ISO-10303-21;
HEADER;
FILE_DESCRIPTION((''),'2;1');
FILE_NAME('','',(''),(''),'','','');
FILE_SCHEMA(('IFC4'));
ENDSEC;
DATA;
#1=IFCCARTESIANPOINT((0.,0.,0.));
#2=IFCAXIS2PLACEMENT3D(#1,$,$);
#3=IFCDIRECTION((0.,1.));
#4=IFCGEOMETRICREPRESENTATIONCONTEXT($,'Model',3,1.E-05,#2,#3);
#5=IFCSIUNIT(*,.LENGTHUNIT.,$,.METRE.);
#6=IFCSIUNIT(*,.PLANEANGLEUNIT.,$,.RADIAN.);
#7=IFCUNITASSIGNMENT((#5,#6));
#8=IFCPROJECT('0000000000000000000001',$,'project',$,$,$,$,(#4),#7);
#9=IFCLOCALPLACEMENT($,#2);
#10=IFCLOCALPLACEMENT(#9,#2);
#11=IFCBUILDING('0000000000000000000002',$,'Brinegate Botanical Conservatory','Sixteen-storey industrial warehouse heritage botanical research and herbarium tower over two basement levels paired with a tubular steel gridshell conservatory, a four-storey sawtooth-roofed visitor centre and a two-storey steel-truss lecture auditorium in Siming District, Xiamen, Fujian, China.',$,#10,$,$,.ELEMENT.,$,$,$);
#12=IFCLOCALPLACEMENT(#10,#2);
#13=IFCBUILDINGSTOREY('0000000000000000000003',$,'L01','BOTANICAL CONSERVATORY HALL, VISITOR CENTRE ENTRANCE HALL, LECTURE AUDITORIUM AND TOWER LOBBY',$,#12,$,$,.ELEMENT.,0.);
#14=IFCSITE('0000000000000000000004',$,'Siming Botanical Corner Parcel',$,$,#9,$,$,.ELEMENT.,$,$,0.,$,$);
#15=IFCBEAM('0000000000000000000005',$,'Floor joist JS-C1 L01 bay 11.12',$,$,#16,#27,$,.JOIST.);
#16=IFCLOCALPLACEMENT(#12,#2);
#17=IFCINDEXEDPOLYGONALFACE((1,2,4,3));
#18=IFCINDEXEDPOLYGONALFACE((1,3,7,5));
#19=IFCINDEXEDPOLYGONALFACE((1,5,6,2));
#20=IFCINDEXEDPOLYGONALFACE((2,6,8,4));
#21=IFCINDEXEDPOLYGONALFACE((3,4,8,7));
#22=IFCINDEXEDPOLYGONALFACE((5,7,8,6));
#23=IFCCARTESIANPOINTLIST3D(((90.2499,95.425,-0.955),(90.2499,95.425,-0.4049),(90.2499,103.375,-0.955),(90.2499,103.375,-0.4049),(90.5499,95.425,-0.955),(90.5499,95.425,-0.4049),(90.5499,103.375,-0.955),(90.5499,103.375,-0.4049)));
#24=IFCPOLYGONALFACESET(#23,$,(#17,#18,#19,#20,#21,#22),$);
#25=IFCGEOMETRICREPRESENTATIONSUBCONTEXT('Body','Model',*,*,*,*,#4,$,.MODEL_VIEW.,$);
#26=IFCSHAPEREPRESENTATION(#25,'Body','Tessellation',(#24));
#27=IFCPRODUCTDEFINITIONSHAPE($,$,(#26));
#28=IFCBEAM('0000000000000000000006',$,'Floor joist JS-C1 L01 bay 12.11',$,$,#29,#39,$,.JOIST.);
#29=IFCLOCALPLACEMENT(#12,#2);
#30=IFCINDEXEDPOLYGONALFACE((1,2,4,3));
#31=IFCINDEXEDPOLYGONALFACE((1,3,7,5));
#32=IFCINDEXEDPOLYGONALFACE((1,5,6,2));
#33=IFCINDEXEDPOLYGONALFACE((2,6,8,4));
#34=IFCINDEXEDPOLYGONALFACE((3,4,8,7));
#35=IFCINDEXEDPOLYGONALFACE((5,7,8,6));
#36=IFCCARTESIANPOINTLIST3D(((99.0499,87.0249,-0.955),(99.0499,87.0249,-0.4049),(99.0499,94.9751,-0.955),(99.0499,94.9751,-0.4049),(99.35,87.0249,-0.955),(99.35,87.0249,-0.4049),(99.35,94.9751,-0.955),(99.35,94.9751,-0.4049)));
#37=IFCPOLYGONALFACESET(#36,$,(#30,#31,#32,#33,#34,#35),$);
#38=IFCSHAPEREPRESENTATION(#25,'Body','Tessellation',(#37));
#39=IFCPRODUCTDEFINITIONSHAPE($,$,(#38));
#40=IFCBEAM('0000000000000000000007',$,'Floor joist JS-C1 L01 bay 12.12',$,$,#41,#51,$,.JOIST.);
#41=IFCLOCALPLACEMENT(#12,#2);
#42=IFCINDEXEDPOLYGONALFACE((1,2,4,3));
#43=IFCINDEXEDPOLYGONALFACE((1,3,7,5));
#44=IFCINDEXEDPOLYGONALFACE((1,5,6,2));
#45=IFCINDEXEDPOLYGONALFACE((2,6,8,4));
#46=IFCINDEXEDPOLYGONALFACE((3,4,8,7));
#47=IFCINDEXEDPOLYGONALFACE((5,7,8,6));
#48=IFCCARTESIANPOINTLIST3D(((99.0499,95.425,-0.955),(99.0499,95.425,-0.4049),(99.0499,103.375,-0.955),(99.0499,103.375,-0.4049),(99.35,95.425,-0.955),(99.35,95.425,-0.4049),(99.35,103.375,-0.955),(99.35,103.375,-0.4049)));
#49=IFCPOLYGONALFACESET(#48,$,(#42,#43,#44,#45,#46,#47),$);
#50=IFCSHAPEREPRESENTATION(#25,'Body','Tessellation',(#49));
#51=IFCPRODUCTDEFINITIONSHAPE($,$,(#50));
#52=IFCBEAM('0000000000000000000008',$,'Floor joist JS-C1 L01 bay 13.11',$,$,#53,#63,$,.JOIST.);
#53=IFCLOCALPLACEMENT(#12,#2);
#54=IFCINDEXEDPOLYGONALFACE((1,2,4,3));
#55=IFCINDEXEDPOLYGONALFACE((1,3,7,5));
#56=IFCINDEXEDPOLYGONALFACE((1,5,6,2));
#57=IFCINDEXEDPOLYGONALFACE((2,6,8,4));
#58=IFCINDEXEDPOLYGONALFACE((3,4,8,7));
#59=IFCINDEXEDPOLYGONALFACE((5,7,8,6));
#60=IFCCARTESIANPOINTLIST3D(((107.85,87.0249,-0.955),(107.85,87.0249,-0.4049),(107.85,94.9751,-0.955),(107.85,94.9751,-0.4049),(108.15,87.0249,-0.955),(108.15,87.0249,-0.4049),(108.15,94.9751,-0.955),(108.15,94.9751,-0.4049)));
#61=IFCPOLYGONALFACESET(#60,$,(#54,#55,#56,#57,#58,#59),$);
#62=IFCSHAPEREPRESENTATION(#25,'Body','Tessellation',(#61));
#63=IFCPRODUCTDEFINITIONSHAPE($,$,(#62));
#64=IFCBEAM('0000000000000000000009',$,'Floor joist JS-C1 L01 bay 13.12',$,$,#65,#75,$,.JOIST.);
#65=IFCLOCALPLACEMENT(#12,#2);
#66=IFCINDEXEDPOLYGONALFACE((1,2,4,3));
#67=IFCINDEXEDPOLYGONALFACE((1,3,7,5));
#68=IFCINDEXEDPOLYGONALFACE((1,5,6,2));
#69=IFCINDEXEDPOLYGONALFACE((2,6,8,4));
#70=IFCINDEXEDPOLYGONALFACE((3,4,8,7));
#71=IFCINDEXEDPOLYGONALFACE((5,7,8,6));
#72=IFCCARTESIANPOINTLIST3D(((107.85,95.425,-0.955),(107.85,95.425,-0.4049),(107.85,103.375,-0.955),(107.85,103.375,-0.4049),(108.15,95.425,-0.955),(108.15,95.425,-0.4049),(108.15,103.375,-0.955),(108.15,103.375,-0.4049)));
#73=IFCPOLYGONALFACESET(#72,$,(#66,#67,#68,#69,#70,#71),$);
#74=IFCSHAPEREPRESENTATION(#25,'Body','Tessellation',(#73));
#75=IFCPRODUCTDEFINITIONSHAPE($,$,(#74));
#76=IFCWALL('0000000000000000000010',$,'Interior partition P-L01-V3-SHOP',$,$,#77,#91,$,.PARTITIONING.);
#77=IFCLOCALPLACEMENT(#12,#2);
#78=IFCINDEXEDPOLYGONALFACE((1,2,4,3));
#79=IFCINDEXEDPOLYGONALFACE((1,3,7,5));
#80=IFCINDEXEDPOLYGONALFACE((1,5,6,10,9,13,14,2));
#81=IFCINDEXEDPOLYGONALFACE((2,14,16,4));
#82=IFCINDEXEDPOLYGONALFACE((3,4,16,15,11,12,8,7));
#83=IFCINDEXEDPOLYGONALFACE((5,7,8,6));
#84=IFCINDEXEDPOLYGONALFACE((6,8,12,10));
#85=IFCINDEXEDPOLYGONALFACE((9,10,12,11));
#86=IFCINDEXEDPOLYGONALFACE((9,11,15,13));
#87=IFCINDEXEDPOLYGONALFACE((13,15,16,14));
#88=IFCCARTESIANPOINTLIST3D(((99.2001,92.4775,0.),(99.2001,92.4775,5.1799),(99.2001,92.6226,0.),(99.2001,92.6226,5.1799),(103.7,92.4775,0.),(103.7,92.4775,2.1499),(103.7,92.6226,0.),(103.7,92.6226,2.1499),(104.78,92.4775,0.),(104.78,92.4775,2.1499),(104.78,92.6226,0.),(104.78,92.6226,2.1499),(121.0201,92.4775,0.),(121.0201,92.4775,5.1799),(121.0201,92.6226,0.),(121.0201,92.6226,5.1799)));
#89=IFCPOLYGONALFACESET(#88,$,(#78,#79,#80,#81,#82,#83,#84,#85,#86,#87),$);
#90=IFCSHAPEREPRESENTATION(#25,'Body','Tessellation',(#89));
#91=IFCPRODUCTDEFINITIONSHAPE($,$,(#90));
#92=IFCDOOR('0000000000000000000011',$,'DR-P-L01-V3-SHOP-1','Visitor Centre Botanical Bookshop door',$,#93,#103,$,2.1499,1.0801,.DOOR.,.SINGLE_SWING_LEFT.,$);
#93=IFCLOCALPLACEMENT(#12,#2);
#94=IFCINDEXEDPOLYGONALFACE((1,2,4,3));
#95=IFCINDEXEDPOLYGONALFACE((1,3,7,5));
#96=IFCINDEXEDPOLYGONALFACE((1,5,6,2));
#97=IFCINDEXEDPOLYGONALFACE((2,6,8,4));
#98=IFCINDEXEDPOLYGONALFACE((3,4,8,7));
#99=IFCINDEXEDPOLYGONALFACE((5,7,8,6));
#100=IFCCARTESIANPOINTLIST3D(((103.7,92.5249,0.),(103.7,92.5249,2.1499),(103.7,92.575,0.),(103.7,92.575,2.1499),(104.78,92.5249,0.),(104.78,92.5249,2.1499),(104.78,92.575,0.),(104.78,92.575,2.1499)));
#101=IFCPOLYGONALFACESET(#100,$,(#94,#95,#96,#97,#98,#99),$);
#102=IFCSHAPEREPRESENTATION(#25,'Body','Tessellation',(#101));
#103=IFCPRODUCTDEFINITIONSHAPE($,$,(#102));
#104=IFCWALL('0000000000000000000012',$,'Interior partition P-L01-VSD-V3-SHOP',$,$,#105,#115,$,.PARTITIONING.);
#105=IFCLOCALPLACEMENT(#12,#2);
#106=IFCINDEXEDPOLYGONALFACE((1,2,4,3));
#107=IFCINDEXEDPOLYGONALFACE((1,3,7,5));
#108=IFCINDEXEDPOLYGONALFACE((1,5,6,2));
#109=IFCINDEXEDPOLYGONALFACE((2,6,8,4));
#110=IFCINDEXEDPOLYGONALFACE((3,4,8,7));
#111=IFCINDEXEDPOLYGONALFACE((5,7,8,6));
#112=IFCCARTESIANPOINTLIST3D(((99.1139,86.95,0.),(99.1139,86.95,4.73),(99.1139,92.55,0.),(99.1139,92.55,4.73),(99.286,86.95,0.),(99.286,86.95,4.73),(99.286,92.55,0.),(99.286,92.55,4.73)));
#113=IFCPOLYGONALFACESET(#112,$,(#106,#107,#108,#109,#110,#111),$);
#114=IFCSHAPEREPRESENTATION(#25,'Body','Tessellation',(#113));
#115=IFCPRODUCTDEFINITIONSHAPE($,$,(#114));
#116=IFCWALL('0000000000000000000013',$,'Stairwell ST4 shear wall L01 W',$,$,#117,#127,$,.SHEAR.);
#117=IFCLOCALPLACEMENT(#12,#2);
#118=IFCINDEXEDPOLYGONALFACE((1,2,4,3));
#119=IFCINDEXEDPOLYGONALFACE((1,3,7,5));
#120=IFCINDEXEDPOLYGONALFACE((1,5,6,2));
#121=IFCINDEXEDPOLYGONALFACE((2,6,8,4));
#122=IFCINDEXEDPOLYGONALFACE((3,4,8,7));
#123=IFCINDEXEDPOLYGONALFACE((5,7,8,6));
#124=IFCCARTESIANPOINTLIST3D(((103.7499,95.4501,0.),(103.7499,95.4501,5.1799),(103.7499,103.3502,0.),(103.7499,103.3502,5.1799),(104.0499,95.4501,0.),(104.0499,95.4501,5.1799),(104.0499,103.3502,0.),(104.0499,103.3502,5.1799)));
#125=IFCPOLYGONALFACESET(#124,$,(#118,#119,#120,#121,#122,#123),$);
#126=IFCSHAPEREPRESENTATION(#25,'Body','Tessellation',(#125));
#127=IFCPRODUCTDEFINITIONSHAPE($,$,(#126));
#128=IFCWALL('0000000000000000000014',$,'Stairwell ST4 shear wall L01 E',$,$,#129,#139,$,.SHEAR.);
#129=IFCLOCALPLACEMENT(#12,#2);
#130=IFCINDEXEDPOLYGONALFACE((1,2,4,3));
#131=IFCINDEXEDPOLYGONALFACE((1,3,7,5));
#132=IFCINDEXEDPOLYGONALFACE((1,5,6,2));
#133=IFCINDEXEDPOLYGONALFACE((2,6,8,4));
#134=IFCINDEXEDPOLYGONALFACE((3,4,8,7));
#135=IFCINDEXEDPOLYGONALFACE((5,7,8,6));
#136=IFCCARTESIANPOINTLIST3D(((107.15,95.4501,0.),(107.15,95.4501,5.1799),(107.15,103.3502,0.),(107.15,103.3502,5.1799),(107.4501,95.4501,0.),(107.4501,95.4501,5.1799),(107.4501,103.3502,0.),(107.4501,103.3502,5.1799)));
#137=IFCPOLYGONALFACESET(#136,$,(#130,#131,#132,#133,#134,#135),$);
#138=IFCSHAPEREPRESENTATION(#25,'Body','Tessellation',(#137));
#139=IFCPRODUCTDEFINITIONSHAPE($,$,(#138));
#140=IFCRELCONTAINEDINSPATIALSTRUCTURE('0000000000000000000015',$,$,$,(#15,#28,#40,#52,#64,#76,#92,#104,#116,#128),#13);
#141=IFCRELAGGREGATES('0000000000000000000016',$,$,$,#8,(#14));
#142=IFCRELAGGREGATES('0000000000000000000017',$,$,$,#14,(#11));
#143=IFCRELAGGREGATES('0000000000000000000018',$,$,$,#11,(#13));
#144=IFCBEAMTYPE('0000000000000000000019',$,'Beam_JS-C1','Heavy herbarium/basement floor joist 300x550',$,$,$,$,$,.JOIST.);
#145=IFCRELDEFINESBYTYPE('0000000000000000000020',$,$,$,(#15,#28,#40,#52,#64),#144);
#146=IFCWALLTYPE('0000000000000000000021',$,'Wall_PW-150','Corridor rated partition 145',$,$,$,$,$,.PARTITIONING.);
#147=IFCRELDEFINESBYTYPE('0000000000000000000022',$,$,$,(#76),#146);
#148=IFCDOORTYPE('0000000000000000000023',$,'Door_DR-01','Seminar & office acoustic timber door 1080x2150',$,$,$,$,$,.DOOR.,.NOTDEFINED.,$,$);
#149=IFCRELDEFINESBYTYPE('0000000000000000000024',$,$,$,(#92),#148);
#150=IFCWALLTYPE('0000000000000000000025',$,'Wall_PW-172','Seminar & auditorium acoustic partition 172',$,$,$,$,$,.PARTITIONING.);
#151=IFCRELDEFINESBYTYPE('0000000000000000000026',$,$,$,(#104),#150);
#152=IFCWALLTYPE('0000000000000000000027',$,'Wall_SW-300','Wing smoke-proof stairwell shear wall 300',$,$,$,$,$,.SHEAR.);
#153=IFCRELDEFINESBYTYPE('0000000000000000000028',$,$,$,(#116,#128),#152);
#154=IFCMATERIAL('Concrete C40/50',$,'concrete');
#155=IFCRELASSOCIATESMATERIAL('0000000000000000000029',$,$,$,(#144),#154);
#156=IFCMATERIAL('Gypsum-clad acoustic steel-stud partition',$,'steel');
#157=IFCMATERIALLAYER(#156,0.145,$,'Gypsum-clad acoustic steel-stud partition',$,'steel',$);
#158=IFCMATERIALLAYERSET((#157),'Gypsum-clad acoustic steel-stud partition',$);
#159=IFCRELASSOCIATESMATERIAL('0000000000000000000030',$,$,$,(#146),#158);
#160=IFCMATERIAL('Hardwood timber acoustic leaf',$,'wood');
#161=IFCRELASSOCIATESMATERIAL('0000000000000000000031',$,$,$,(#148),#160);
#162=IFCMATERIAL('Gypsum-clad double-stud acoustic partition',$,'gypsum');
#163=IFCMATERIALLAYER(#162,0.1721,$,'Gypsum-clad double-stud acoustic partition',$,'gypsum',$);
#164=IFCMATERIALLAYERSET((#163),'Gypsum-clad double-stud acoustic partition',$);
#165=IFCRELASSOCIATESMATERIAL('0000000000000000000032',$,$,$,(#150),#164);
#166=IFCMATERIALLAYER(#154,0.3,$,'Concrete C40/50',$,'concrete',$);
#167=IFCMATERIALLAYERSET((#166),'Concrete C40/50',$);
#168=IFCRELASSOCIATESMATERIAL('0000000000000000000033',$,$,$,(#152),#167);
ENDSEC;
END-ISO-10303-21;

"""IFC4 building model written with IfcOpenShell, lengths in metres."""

from ifc_helpers import new_model, si_unit, direction, frame, frame_2d, origin, origin_2d, place, context, subcontext, project, spatial, rectangle, extrude, material, layer, layer_set, material_profile, profile_set, type_object, element, fill, save


model = new_model("IFC4")

# Units and contexts
model_context = context("Model", 3, precision=1e-05, world=origin(), true_north=direction((0.0, 1.0)))
body_context = subcontext(model_context, "Body", "Model", "MODEL_VIEW")
ifc_project = project(units=[si_unit("LENGTHUNIT", "METRE"), si_unit("PLANEANGLEUNIT", "RADIAN")], contexts=[model_context])

# Site, building, storey
site_placement = place(None, origin())
site = spatial("IfcSite", under=ifc_project, at=site_placement, Name="Siming Botanical Corner Parcel", CompositionType="ELEMENT", RefElevation=0.0)
building_placement = place(site_placement, origin())
building = spatial("IfcBuilding", under=site, at=building_placement, Name="Brinegate Botanical Conservatory", Description="Sixteen-storey industrial warehouse heritage botanical research and herbarium tower over two basement levels paired with a tubular steel gridshell conservatory, a four-storey sawtooth-roofed visitor centre and a two-storey steel-truss lecture auditorium in Siming District, Xiamen, Fujian, China.", CompositionType="ELEMENT")
storey_placement = place(building_placement, origin())
storey = spatial("IfcBuildingStorey", under=building, at=storey_placement, Name="L01", Description="BOTANICAL CONSERVATORY HALL, VISITOR CENTRE ENTRANCE HALL, LECTURE AUDITORIUM AND TOWER LOBBY", CompositionType="ELEMENT", Elevation=0.0)

# Shared definitions
ifc_material_1 = material(Name="Concrete C40/50", Category="concrete")

# Beams
ifc_material_profile_1 = material_profile(ifc_material_1, rectangle(XDim=0.3, YDim=0.55, at=origin_2d()), Name="RC JST 300x550")
ifc_profile_set_1 = profile_set([ifc_material_profile_1], Name="Concrete C40/50")
beam_type_1 = type_object("IfcBeamType", Name="Beam_JS-C1", Description="Heavy herbarium/basement floor joist 300x550", PredefinedType="JOIST", material=ifc_profile_set_1)
beam_1_placement = place(storey_placement, frame((90.3999, 95.425, -0.6799), z_axis=(0.0, 1.0, 0.0), x_axis=(-1.0, 0.0, 0.0)))
element("IfcBeam", 1, at=beam_1_placement, inside=storey, type_object=beam_type_1, Name="Floor joist JS-C1 L01 bay 11.12", PredefinedType="JOIST", context=body_context, shape_type="SweptSolid", body=[
    extrude(rectangle(XDim=0.3, YDim=0.55, at=origin_2d()), origin(), (0.0, 0.0, 1.0), 7.95),
])
beam_2_placement = place(storey_placement, frame((99.2, 87.0249, -0.6799), z_axis=(0.0, 1.0, 0.0), x_axis=(-1.0, 0.0, 0.0)))
element("IfcBeam", 2, at=beam_2_placement, inside=storey, type_object=beam_type_1, Name="Floor joist JS-C1 L01 bay 12.11", PredefinedType="JOIST", context=body_context, shape_type="SweptSolid", body=[
    extrude(rectangle(XDim=0.3, YDim=0.55, at=origin_2d()), origin(), (0.0, 0.0, 1.0), 7.9502),
])
beam_3_placement = place(storey_placement, frame((99.2, 95.425, -0.6799), z_axis=(0.0, 1.0, 0.0), x_axis=(-1.0, 0.0, 0.0)))
element("IfcBeam", 3, at=beam_3_placement, inside=storey, type_object=beam_type_1, Name="Floor joist JS-C1 L01 bay 12.12", PredefinedType="JOIST", context=body_context, shape_type="SweptSolid", body=[
    extrude(rectangle(XDim=0.3, YDim=0.55, at=origin_2d()), origin(), (0.0, 0.0, 1.0), 7.95),
])
beam_4_placement = place(storey_placement, frame((108.0, 87.0249, -0.6799), z_axis=(0.0, 1.0, 0.0), x_axis=(-1.0, 0.0, 0.0)))
element("IfcBeam", 4, at=beam_4_placement, inside=storey, type_object=beam_type_1, Name="Floor joist JS-C1 L01 bay 13.11", PredefinedType="JOIST", context=body_context, shape_type="SweptSolid", body=[
    extrude(rectangle(XDim=0.3, YDim=0.55, at=origin_2d()), origin(), (0.0, 0.0, 1.0), 7.9502),
])
beam_5_placement = place(storey_placement, frame((108.0, 95.425, -0.6799), z_axis=(0.0, 1.0, 0.0), x_axis=(-1.0, 0.0, 0.0)))
element("IfcBeam", 5, at=beam_5_placement, inside=storey, type_object=beam_type_1, Name="Floor joist JS-C1 L01 bay 13.12", PredefinedType="JOIST", context=body_context, shape_type="SweptSolid", body=[
    extrude(rectangle(XDim=0.3, YDim=0.55, at=origin_2d()), origin(), (0.0, 0.0, 1.0), 7.95),
])

# Wall, opening, door
ifc_material_2 = material(Name="Gypsum-clad acoustic steel-stud partition", Category="steel")
ifc_layer_1 = layer(ifc_material_2, 0.145, Name="Gypsum-clad acoustic steel-stud partition", Category="steel")
ifc_layer_set_1 = layer_set([ifc_layer_1], Name="Gypsum-clad acoustic steel-stud partition")
wall_type_1 = type_object("IfcWallType", Name="Wall_PW-150", Description="Corridor rated partition 145", PredefinedType="PARTITIONING", material=ifc_layer_set_1)
wall_1_placement = place(storey_placement, frame((99.2, 92.55, 0.0), z_axis=(0.0, 0.0, 1.0), x_axis=(1.0, 0.0, 0.0)))
wall_1 = element("IfcWall", 6, at=wall_1_placement, inside=storey, type_object=wall_type_1, Name="Interior partition P-L01-V3-SHOP", PredefinedType="PARTITIONING", context=body_context, shape_type="SweptSolid", body=[
    extrude(rectangle(XDim=21.8201, YDim=0.145, at=frame_2d((10.9102, 0.0))), origin(), (0.0, 0.0, 1.0), 5.1799),
])
opening_1_placement = place(wall_1_placement, frame((4.5, 0.0, 0.0)))
opening_1 = element("IfcOpeningElement", 7, at=opening_1_placement, cuts=wall_1, PredefinedType="OPENING", context=body_context, shape_type="SweptSolid", body=[
    extrude(rectangle(XDim=1.0801, YDim=2.1499, at=frame_2d((0.54, 1.075))), frame((0.0, 0.0825, 0.0), z_axis=(0.0, -1.0, 0.0), x_axis=(1.0, 0.0, 0.0)), (0.0, 0.0, 1.0), 0.165),
])
ifc_material_3 = material(Name="Hardwood timber acoustic leaf", Category="wood")
door_type_1 = type_object("IfcDoorType", Name="Door_DR-01", Description="Seminar & office acoustic timber door 1080x2150", OperationType="NOTDEFINED", PredefinedType="DOOR", material=ifc_material_3)
door_1_placement = place(opening_1_placement, origin())
door_1 = element("IfcDoor", 8, at=door_1_placement, inside=storey, type_object=door_type_1, Name="DR-P-L01-V3-SHOP-1", Description="Visitor Centre Botanical Bookshop door", OperationType="SINGLE_SWING_LEFT", OverallHeight=2.1499, OverallWidth=1.0801, PredefinedType="DOOR", context=body_context, shape_type="SweptSolid", body=[
    extrude(rectangle(XDim=1.0801, YDim=2.1499, at=frame_2d((0.54, 1.075))), frame((0.0, 0.0249, 0.0), z_axis=(0.0, -1.0, 0.0), x_axis=(1.0, 0.0, 0.0)), (0.0, 0.0, 1.0), 0.05),
])
fill(opening_1, door_1)

# Wall
ifc_material_4 = material(Name="Gypsum-clad double-stud acoustic partition", Category="gypsum")
ifc_layer_2 = layer(ifc_material_4, 0.1721, Name="Gypsum-clad double-stud acoustic partition", Category="gypsum")
ifc_layer_set_2 = layer_set([ifc_layer_2], Name="Gypsum-clad double-stud acoustic partition")
wall_type_2 = type_object("IfcWallType", Name="Wall_PW-172", Description="Seminar & auditorium acoustic partition 172", PredefinedType="PARTITIONING", material=ifc_layer_set_2)
wall_2_placement = place(storey_placement, frame((99.2, 86.95, 0.0), z_axis=(0.0, 0.0, 1.0), x_axis=(0.0, 1.0, 0.0)))
element("IfcWall", 9, at=wall_2_placement, inside=storey, type_object=wall_type_2, Name="Interior partition P-L01-VSD-V3-SHOP", PredefinedType="PARTITIONING", context=body_context, shape_type="SweptSolid", body=[
    extrude(rectangle(XDim=5.6001, YDim=0.1721, at=frame_2d((2.8, 0.0))), origin(), (0.0, 0.0, 1.0), 4.73),
])

# Shared definitions
ifc_layer_3 = layer(ifc_material_1, 0.3, Name="Concrete C40/50", Category="concrete")
ifc_layer_set_3 = layer_set([ifc_layer_3], Name="Concrete C40/50")
wall_type_3 = type_object("IfcWallType", Name="Wall_SW-300", Description="Wing smoke-proof stairwell shear wall 300", PredefinedType="SHEAR", material=ifc_layer_set_3)

# Walls
for number, where, z_axis, x_axis, name in (
    (10, (103.8999, 95.45, 0.0), (0.0, 0.0, 1.0), (0.0, 1.0, 0.0), "Stairwell ST4 shear wall L01 W"),
    (11, (107.3, 95.45, 0.0), (0.0, 0.0, 1.0), (0.0, 1.0, 0.0), "Stairwell ST4 shear wall L01 E"),
):
    element("IfcWall", number, at=place(storey_placement, frame(where, z_axis=z_axis, x_axis=x_axis)), inside=storey, type_object=wall_type_3, Name=name, PredefinedType="SHEAR", context=body_context, shape_type="SweptSolid", body=[
        extrude(rectangle(XDim=7.9001, YDim=0.3, at=frame_2d((3.9502, 0.0))), origin(), (0.0, 0.0, 1.0), 5.1799),
    ])

save(model, "model.ifc")
